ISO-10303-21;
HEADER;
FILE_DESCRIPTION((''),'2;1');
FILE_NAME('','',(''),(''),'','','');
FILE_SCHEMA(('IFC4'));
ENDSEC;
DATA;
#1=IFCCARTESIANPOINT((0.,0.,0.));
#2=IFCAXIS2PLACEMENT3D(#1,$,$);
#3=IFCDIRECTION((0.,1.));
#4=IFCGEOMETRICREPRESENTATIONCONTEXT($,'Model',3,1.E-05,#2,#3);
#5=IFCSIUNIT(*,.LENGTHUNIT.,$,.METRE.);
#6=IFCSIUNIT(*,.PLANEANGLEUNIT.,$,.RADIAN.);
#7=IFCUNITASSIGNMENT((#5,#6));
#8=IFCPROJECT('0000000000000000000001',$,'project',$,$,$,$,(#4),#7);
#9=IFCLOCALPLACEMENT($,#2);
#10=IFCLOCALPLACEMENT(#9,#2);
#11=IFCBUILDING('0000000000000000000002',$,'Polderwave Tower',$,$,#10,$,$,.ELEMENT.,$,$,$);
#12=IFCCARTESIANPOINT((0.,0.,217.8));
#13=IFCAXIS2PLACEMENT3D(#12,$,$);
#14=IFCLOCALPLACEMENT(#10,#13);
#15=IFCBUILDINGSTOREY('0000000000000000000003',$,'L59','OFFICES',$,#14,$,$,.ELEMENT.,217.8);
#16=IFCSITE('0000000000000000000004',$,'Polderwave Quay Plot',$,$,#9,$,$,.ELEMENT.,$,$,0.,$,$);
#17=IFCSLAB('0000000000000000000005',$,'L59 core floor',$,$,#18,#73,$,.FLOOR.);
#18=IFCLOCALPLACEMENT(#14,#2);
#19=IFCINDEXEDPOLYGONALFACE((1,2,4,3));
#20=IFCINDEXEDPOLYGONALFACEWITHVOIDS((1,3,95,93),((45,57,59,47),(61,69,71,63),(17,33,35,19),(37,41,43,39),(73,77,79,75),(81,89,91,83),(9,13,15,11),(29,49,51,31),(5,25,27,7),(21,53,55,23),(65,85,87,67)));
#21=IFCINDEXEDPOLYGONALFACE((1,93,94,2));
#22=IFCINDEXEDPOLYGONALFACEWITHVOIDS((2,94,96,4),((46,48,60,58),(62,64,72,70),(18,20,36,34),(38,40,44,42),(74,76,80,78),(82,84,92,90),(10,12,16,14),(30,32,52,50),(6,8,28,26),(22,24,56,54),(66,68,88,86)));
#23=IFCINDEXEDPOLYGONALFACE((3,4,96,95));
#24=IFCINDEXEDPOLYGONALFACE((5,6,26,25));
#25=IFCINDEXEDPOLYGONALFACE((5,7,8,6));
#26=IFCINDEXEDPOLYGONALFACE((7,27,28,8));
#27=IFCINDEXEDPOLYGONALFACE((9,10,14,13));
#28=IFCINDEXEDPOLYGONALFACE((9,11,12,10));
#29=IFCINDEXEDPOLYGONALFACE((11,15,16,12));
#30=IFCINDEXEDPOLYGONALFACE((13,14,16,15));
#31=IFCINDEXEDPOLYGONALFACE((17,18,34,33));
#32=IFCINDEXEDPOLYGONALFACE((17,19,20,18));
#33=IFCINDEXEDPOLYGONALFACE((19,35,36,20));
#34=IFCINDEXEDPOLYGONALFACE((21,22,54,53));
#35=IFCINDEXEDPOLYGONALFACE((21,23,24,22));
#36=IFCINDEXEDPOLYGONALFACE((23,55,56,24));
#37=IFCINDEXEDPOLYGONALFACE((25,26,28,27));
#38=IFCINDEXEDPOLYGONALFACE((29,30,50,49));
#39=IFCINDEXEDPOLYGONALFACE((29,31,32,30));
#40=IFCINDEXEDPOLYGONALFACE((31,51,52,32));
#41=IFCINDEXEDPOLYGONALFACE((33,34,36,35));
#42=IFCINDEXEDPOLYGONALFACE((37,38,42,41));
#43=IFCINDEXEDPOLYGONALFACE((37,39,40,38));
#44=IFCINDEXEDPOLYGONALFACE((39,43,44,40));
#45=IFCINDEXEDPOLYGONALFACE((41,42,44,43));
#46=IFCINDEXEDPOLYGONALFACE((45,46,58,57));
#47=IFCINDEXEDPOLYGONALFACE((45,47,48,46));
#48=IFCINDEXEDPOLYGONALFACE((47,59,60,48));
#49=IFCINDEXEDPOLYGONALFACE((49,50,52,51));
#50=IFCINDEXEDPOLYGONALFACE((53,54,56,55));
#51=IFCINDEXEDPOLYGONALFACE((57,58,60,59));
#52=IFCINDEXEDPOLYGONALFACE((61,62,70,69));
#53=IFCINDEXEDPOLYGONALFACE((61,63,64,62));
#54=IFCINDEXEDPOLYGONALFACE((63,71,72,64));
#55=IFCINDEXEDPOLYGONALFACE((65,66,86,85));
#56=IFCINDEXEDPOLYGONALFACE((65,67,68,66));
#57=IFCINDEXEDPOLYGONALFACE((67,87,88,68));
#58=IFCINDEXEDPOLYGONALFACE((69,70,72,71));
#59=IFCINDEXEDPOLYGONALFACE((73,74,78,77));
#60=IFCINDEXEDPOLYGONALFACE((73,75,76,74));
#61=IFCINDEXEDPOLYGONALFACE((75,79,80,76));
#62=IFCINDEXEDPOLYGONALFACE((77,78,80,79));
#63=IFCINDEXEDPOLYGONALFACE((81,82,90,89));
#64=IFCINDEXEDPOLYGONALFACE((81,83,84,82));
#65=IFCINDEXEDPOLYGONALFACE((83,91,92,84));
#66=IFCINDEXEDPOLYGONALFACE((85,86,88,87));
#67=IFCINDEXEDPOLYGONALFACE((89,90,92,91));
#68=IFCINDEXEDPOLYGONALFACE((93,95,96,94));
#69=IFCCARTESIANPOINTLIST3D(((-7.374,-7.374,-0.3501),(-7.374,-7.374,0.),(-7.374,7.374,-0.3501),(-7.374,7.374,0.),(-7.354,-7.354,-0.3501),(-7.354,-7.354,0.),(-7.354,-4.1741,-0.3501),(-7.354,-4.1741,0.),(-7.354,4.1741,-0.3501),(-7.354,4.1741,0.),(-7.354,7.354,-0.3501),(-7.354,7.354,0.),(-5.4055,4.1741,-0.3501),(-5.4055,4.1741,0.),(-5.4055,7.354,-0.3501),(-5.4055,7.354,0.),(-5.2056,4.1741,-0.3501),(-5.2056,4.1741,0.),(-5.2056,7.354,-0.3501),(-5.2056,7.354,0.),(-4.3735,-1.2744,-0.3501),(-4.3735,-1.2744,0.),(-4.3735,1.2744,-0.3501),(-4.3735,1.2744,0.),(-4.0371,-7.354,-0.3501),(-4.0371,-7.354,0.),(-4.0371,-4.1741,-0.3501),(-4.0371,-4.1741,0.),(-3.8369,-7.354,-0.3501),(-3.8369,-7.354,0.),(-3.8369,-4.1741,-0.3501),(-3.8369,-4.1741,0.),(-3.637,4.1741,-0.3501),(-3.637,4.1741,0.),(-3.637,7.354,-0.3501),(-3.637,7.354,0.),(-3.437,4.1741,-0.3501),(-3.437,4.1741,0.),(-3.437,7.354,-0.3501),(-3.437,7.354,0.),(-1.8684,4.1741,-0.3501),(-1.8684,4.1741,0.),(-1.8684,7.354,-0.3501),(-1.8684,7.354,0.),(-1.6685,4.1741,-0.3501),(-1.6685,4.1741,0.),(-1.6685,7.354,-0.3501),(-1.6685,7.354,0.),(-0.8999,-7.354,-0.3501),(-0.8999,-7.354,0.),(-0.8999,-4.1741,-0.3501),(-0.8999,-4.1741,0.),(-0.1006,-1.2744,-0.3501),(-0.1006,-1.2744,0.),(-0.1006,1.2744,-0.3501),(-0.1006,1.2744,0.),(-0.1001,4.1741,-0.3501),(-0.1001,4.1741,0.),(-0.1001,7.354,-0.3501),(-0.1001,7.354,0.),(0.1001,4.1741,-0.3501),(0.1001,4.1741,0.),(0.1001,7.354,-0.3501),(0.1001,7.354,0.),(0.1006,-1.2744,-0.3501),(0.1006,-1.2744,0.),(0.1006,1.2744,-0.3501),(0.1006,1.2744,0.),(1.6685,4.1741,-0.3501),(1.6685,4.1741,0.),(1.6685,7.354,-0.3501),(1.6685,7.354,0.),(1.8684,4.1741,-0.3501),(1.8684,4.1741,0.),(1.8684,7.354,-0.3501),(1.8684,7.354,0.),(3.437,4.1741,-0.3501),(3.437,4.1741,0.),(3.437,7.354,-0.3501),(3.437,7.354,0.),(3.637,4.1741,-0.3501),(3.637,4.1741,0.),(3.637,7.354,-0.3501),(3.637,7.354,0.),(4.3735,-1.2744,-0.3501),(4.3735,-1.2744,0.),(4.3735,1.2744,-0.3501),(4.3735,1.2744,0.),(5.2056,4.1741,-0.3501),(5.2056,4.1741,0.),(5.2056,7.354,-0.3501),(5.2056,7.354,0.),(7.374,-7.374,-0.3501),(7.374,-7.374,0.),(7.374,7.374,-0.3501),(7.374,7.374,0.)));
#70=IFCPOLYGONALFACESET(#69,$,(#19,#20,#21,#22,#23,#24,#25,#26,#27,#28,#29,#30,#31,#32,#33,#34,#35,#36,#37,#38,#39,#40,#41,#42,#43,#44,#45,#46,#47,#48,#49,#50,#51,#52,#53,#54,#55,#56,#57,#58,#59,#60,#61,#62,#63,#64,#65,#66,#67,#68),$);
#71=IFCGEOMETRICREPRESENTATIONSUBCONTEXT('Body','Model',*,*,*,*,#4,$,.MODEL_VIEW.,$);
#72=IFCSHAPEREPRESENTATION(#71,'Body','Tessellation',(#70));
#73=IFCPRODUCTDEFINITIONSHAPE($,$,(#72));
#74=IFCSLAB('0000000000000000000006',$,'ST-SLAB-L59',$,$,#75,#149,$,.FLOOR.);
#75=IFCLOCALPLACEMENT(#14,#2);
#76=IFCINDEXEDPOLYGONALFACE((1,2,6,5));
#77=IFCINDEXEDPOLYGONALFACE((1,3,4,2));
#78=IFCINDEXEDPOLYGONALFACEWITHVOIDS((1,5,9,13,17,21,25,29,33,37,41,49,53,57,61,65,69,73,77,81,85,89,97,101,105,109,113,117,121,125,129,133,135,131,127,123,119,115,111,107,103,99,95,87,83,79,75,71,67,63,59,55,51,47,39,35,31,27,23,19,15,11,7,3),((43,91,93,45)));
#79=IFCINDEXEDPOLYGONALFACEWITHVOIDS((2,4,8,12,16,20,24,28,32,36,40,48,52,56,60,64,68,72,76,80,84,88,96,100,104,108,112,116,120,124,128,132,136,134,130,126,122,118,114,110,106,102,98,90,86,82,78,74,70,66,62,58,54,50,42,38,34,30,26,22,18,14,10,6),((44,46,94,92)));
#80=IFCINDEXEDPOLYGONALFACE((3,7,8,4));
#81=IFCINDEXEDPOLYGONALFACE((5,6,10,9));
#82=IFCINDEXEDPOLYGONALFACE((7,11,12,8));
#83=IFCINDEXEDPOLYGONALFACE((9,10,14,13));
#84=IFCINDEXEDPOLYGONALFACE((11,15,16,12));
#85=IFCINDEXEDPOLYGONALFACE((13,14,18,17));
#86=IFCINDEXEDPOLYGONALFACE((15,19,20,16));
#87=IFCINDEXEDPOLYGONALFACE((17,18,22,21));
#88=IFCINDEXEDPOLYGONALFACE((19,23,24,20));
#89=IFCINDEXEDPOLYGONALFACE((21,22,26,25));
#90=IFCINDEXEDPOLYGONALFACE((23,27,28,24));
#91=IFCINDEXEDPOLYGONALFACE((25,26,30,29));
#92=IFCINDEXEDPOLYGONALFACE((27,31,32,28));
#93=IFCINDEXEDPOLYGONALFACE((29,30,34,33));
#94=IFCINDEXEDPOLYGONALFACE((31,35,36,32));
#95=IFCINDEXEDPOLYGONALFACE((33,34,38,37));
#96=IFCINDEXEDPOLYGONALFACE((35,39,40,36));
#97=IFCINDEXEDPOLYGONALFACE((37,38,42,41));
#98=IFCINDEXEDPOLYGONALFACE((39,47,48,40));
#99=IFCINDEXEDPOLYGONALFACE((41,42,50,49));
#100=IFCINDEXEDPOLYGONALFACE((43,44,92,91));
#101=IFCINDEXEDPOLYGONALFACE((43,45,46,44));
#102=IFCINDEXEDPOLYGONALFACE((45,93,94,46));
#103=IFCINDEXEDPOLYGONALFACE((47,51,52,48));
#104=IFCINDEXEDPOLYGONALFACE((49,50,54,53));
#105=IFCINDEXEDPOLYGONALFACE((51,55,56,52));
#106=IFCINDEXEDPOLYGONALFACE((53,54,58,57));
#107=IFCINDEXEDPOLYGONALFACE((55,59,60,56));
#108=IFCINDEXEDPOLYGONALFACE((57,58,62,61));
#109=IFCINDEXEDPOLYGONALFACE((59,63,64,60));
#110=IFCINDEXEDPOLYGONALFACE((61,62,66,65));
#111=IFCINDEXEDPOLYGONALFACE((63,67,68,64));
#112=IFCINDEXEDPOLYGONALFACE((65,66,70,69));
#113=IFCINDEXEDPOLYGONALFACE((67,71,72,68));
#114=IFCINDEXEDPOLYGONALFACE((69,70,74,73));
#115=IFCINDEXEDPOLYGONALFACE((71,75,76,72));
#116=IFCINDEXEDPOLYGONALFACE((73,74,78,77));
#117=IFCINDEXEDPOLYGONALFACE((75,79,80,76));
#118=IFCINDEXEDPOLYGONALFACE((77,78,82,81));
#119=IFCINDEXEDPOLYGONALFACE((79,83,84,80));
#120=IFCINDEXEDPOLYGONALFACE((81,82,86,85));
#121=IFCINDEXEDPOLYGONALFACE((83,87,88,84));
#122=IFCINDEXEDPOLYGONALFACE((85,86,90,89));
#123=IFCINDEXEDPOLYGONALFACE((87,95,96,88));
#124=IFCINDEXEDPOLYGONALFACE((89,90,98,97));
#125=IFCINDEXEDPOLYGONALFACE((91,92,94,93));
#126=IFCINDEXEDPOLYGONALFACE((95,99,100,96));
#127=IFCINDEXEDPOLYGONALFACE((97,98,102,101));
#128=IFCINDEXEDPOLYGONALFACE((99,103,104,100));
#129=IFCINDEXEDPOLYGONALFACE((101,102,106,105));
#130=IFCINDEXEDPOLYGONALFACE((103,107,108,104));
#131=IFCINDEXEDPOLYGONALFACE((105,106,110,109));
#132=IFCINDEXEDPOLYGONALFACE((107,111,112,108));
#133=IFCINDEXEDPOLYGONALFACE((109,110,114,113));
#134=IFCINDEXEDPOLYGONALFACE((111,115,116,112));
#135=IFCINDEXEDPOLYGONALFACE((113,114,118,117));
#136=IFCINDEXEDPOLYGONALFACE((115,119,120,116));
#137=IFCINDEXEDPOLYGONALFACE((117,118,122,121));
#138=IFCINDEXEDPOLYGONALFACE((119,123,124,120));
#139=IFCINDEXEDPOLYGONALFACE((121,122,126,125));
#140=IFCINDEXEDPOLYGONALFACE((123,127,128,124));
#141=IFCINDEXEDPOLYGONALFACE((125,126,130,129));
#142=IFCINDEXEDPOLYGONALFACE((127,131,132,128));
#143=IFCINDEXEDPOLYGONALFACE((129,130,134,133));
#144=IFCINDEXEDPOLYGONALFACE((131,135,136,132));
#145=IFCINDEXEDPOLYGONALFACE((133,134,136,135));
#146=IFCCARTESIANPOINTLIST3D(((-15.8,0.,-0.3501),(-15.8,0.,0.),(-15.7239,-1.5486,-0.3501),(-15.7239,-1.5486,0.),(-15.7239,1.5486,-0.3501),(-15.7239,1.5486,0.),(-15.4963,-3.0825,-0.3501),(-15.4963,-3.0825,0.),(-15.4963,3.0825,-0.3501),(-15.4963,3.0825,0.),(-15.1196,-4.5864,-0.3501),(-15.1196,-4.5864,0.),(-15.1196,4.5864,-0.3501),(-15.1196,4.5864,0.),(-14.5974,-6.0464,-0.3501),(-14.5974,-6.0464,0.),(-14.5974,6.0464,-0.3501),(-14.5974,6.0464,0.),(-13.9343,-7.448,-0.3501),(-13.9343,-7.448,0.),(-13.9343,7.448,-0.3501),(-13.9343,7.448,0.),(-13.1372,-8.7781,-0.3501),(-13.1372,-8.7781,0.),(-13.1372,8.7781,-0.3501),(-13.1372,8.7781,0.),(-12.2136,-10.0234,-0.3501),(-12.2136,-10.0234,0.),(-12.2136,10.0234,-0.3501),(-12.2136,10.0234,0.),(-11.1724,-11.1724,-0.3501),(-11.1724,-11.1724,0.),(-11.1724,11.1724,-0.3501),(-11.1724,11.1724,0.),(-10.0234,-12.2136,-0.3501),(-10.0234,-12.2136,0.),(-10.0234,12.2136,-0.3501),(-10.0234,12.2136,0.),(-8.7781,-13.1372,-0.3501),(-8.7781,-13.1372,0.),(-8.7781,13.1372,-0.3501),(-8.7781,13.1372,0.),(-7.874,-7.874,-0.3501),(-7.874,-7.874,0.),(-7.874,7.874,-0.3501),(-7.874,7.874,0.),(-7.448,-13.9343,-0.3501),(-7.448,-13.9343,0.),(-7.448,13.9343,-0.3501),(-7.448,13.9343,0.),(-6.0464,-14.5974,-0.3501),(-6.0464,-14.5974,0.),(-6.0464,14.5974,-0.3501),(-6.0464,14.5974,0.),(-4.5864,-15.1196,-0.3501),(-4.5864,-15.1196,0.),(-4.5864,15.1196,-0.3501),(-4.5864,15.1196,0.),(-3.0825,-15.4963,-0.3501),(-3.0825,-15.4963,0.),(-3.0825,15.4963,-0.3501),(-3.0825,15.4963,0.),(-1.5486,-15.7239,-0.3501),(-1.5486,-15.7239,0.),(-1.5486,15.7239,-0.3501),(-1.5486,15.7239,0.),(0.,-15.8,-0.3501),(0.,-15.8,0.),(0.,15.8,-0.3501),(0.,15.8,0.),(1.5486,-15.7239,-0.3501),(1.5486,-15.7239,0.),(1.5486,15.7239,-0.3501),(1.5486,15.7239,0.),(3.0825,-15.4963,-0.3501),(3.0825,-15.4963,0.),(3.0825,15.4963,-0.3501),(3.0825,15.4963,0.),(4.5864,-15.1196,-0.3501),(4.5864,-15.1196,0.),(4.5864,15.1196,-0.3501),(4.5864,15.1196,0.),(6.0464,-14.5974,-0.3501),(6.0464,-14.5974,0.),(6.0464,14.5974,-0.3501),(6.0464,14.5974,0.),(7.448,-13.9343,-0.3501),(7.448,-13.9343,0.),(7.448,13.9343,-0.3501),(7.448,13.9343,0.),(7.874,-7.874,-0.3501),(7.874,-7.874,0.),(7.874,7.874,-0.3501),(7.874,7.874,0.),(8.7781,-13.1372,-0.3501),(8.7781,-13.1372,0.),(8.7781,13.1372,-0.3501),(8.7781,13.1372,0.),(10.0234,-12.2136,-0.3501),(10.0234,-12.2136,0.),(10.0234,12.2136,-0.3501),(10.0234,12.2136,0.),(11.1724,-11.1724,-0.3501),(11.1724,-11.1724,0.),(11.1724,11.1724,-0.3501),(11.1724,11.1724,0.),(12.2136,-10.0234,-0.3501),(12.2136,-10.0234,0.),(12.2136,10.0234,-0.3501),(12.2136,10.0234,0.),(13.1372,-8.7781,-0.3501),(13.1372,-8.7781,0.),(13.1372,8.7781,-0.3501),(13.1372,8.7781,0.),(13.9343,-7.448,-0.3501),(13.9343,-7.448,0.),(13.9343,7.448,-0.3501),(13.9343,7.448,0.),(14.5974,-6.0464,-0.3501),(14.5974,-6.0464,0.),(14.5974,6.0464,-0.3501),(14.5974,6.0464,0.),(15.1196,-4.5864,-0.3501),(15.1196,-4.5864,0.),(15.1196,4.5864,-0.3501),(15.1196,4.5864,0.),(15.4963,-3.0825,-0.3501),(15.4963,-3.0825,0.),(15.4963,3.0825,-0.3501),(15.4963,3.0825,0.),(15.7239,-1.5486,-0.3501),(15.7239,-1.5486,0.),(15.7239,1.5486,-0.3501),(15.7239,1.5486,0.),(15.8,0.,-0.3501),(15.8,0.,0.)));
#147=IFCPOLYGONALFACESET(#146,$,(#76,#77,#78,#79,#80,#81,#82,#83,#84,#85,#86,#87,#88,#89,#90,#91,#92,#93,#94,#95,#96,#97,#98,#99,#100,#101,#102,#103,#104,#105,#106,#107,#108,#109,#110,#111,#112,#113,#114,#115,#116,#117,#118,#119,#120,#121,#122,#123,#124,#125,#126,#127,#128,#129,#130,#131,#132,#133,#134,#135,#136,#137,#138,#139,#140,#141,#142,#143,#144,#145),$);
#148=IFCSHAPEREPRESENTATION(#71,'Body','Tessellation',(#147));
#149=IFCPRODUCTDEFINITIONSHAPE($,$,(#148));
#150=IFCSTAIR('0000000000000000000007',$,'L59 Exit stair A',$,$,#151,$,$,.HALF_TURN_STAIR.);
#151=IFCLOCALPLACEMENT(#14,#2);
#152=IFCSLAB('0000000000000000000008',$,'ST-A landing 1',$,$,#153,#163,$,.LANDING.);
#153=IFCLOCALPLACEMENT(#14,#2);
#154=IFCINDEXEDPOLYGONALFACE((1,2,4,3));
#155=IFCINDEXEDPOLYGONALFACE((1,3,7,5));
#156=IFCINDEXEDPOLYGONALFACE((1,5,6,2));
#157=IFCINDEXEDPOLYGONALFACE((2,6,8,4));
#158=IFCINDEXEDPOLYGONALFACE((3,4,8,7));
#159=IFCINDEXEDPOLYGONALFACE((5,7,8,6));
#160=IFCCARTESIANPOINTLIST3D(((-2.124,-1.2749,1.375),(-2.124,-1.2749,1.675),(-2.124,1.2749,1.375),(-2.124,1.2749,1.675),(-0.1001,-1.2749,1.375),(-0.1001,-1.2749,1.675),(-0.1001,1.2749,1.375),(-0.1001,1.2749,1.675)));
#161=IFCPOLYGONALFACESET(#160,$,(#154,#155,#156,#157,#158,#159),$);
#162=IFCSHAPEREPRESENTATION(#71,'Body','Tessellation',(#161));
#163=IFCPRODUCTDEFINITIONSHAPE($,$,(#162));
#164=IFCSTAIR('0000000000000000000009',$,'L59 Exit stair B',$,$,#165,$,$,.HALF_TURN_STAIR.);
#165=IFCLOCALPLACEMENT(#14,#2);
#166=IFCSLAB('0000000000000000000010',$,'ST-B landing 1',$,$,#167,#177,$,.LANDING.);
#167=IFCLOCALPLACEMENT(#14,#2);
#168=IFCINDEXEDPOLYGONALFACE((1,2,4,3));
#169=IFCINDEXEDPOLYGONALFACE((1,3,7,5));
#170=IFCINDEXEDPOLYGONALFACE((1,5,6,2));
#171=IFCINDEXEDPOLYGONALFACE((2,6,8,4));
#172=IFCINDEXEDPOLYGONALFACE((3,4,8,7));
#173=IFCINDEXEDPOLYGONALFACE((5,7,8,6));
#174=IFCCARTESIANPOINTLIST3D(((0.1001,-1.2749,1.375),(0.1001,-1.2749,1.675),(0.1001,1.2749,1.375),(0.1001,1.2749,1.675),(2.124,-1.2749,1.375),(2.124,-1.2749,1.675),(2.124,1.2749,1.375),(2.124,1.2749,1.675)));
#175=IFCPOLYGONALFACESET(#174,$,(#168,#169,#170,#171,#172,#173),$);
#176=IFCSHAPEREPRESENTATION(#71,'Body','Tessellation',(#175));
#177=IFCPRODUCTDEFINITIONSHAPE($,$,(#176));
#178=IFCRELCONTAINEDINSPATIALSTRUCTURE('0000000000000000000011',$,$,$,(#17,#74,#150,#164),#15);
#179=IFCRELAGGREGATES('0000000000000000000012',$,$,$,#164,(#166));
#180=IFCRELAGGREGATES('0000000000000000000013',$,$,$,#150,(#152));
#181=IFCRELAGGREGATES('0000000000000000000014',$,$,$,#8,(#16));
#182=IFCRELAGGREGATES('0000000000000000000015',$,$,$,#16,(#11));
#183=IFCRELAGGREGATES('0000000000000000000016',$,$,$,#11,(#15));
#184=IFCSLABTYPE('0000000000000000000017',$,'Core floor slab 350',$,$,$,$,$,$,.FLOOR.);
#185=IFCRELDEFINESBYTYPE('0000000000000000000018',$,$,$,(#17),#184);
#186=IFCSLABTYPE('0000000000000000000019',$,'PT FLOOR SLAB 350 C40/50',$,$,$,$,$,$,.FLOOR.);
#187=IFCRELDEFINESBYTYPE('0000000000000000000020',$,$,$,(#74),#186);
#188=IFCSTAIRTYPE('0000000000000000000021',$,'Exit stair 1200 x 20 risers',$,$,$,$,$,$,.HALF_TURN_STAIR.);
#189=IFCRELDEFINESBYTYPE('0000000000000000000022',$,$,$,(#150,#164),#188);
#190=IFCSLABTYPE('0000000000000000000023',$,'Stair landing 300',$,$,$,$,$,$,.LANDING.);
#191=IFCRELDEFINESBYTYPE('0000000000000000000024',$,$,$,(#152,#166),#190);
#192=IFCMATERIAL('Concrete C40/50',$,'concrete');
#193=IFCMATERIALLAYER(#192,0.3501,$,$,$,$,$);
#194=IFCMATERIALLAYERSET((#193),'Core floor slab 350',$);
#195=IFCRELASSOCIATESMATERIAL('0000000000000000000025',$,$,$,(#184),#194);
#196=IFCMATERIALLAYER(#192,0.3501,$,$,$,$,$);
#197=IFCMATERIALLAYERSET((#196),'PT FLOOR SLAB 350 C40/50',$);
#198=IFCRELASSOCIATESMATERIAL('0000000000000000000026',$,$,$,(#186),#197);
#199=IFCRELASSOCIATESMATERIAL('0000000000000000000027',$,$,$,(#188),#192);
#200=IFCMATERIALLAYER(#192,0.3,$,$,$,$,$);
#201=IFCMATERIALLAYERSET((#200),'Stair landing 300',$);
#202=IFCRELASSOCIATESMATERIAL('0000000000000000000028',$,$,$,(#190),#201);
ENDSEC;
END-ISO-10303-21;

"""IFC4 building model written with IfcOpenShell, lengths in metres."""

from ifc_helpers import new_model, si_unit, direction, frame, origin, place, context, subcontext, project, spatial, polyline, outline, extrude, material, layer, layer_set, type_object, element, aggregate, save


model = new_model("IFC4")

# Units and contexts
model_context = context("Model", 3, precision=1e-05, world=origin(), true_north=direction((0.0, 1.0)))
body_context = subcontext(model_context, "Body", "Model", "MODEL_VIEW")
ifc_project = project(units=[si_unit("LENGTHUNIT", "METRE"), si_unit("PLANEANGLEUNIT", "RADIAN")], contexts=[model_context])

# Site, building, storey
site_placement = place(None, origin())
site = spatial("IfcSite", under=ifc_project, at=site_placement, Name="Polderwave Quay Plot", CompositionType="ELEMENT", RefElevation=0.0)
building_placement = place(site_placement, origin())
building = spatial("IfcBuilding", under=site, at=building_placement, Name="Polderwave Tower", CompositionType="ELEMENT")
storey_placement = place(building_placement, frame((0.0, 0.0, 217.8)))
storey = spatial("IfcBuildingStorey", under=building, at=storey_placement, Name="L59", Description="OFFICES", CompositionType="ELEMENT", Elevation=217.8)

# Slabs
ifc_material_1 = material(Name="Concrete C40/50", Category="concrete")
ifc_layer_1 = layer(ifc_material_1, 0.3501)
ifc_layer_set_1 = layer_set([ifc_layer_1], Name="Core floor slab 350")
slab_type_1 = type_object("IfcSlabType", Name="Core floor slab 350", PredefinedType="FLOOR", material=ifc_layer_set_1)
slab_1_placement = place(storey_placement, frame((0.0, 0.0, -0.3501)))
element("IfcSlab", 1, at=slab_1_placement, inside=storey, type_object=slab_type_1, Name="L59 core floor", PredefinedType="FLOOR", context=body_context, shape_type="SweptSolid", body=[
    extrude(outline(polyline([(-7.374, -7.374), (7.374, -7.374), (7.374, 7.374), (-7.374, 7.374), (-7.374, -7.374)]), holes=[polyline([(-7.354, -7.354), (-4.0371, -7.354), (-4.0371, -4.1741), (-7.354, -4.1741), (-7.354, -7.354)]), polyline([(-3.8369, -7.354), (-0.8999, -7.354), (-0.8999, -4.1741), (-3.8369, -4.1741), (-3.8369, -7.354)]), polyline([(-7.354, 4.1741), (-5.4055, 4.1741), (-5.4055, 7.354), (-7.354, 7.354), (-7.354, 4.1741)]), polyline([(-5.2056, 4.1741), (-3.637, 4.1741), (-3.637, 7.354), (-5.2056, 7.354), (-5.2056, 4.1741)]), polyline([(-3.437, 4.1741), (-1.8684, 4.1741), (-1.8684, 7.354), (-3.437, 7.354), (-3.437, 4.1741)]), polyline([(-1.6685, 4.1741), (-0.1001, 4.1741), (-0.1001, 7.354), (-1.6685, 7.354), (-1.6685, 4.1741)]), polyline([(0.1001, 4.1741), (1.6685, 4.1741), (1.6685, 7.354), (0.1001, 7.354), (0.1001, 4.1741)]), polyline([(1.8684, 4.1741), (3.437, 4.1741), (3.437, 7.354), (1.8684, 7.354), (1.8684, 4.1741)]), polyline([(3.637, 4.1741), (5.2056, 4.1741), (5.2056, 7.354), (3.637, 7.354), (3.637, 4.1741)]), polyline([(-4.3735, -1.2744), (-0.1006, -1.2744), (-0.1006, 1.2744), (-4.3735, 1.2744), (-4.3735, -1.2744)]), polyline([(0.1006, -1.2744), (4.3735, -1.2744), (4.3735, 1.2744), (0.1006, 1.2744), (0.1006, -1.2744)])]), origin(), (0.0, 0.0, 1.0), 0.3501),
])
ifc_layer_2 = layer(ifc_material_1, 0.3501)
ifc_layer_set_2 = layer_set([ifc_layer_2], Name="PT FLOOR SLAB 350 C40/50")
slab_type_2 = type_object("IfcSlabType", Name="PT FLOOR SLAB 350 C40/50", PredefinedType="FLOOR", material=ifc_layer_set_2)
slab_2_placement = place(storey_placement, frame((0.0, 0.0, -0.3501)))
element("IfcSlab", 2, at=slab_2_placement, inside=storey, type_object=slab_type_2, Name="ST-SLAB-L59", PredefinedType="FLOOR", context=body_context, shape_type="SweptSolid", body=[
    extrude(outline(polyline([(15.8, 0.0), (15.7239, 1.5486), (15.4963, 3.0825), (15.1196, 4.5864), (14.5974, 6.0464), (13.9343, 7.448), (13.1372, 8.7781), (12.2136, 10.0234), (11.1724, 11.1724), (10.0234, 12.2136), (8.7781, 13.1372), (7.448, 13.9343), (6.0464, 14.5974), (4.5864, 15.1196), (3.0825, 15.4963), (1.5486, 15.7239), (0.0, 15.8), (-1.5486, 15.7239), (-3.0825, 15.4963), (-4.5864, 15.1196), (-6.0464, 14.5974), (-7.448, 13.9343), (-8.7781, 13.1372), (-10.0234, 12.2136), (-11.1724, 11.1724), (-12.2136, 10.0234), (-13.1372, 8.7781), (-13.9343, 7.448), (-14.5974, 6.0464), (-15.1196, 4.5864), (-15.4963, 3.0825), (-15.7239, 1.5486), (-15.8, 0.0), (-15.7239, -1.5486), (-15.4963, -3.0825), (-15.1196, -4.5864), (-14.5974, -6.0464), (-13.9343, -7.448), (-13.1372, -8.7781), (-12.2136, -10.0234), (-11.1724, -11.1724), (-10.0234, -12.2136), (-8.7781, -13.1372), (-7.448, -13.9343), (-6.0464, -14.5974), (-4.5864, -15.1196), (-3.0825, -15.4963), (-1.5486, -15.7239), (0.0, -15.8), (1.5486, -15.7239), (3.0825, -15.4963), (4.5864, -15.1196), (6.0464, -14.5974), (7.448, -13.9343), (8.7781, -13.1372), (10.0234, -12.2136), (11.1724, -11.1724), (12.2136, -10.0234), (13.1372, -8.7781), (13.9343, -7.448), (14.5974, -6.0464), (15.1196, -4.5864), (15.4963, -3.0825), (15.7239, -1.5486), (15.8, 0.0)]), holes=[polyline([(-7.874, -7.874), (7.874, -7.874), (7.874, 7.874), (-7.874, 7.874), (-7.874, -7.874)])]), origin(), (0.0, 0.0, 1.0), 0.3501),
])

# Stairs, slabs
stair_type = type_object("IfcStairType", Name="Exit stair 1200 x 20 risers", PredefinedType="HALF_TURN_STAIR", material=ifc_material_1)
stair_1_placement = place(storey_placement, origin())
stair_1 = element("IfcStair", 3, at=stair_1_placement, inside=storey, type_object=stair_type, Name="L59 Exit stair A", PredefinedType="HALF_TURN_STAIR")
ifc_layer_3 = layer(ifc_material_1, 0.3)
ifc_layer_set_3 = layer_set([ifc_layer_3], Name="Stair landing 300")
slab_type_3 = type_object("IfcSlabType", Name="Stair landing 300", PredefinedType="LANDING", material=ifc_layer_set_3)
slab_3_placement = place(storey_placement, frame((0.0, 0.0, 1.375)))
slab_3 = element("IfcSlab", 4, at=slab_3_placement, type_object=slab_type_3, Name="ST-A landing 1", PredefinedType="LANDING", context=body_context, shape_type="SweptSolid", body=[
    extrude(outline(polyline([(-2.124, -1.2749), (-0.1001, -1.2749), (-0.1001, 1.2749), (-2.124, 1.2749), (-2.124, -1.2749)])), origin(), (0.0, 0.0, 1.0), 0.3),
])
stair_2_placement = place(storey_placement, origin())
stair_2 = element("IfcStair", 5, at=stair_2_placement, inside=storey, type_object=stair_type, Name="L59 Exit stair B", PredefinedType="HALF_TURN_STAIR")
slab_4_placement = place(storey_placement, frame((0.0, 0.0, 1.375)))
slab_4 = element("IfcSlab", 6, at=slab_4_placement, type_object=slab_type_3, Name="ST-B landing 1", PredefinedType="LANDING", context=body_context, shape_type="SweptSolid", body=[
    extrude(outline(polyline([(2.124, 1.2749), (0.1001, 1.2749), (0.1001, -1.2749), (2.124, -1.2749), (2.124, 1.2749)])), origin(), (0.0, 0.0, 1.0), 0.3),
])
aggregate(stair_2, [slab_4])

aggregate(stair_1, [slab_3])

save(model, "model.ifc")
